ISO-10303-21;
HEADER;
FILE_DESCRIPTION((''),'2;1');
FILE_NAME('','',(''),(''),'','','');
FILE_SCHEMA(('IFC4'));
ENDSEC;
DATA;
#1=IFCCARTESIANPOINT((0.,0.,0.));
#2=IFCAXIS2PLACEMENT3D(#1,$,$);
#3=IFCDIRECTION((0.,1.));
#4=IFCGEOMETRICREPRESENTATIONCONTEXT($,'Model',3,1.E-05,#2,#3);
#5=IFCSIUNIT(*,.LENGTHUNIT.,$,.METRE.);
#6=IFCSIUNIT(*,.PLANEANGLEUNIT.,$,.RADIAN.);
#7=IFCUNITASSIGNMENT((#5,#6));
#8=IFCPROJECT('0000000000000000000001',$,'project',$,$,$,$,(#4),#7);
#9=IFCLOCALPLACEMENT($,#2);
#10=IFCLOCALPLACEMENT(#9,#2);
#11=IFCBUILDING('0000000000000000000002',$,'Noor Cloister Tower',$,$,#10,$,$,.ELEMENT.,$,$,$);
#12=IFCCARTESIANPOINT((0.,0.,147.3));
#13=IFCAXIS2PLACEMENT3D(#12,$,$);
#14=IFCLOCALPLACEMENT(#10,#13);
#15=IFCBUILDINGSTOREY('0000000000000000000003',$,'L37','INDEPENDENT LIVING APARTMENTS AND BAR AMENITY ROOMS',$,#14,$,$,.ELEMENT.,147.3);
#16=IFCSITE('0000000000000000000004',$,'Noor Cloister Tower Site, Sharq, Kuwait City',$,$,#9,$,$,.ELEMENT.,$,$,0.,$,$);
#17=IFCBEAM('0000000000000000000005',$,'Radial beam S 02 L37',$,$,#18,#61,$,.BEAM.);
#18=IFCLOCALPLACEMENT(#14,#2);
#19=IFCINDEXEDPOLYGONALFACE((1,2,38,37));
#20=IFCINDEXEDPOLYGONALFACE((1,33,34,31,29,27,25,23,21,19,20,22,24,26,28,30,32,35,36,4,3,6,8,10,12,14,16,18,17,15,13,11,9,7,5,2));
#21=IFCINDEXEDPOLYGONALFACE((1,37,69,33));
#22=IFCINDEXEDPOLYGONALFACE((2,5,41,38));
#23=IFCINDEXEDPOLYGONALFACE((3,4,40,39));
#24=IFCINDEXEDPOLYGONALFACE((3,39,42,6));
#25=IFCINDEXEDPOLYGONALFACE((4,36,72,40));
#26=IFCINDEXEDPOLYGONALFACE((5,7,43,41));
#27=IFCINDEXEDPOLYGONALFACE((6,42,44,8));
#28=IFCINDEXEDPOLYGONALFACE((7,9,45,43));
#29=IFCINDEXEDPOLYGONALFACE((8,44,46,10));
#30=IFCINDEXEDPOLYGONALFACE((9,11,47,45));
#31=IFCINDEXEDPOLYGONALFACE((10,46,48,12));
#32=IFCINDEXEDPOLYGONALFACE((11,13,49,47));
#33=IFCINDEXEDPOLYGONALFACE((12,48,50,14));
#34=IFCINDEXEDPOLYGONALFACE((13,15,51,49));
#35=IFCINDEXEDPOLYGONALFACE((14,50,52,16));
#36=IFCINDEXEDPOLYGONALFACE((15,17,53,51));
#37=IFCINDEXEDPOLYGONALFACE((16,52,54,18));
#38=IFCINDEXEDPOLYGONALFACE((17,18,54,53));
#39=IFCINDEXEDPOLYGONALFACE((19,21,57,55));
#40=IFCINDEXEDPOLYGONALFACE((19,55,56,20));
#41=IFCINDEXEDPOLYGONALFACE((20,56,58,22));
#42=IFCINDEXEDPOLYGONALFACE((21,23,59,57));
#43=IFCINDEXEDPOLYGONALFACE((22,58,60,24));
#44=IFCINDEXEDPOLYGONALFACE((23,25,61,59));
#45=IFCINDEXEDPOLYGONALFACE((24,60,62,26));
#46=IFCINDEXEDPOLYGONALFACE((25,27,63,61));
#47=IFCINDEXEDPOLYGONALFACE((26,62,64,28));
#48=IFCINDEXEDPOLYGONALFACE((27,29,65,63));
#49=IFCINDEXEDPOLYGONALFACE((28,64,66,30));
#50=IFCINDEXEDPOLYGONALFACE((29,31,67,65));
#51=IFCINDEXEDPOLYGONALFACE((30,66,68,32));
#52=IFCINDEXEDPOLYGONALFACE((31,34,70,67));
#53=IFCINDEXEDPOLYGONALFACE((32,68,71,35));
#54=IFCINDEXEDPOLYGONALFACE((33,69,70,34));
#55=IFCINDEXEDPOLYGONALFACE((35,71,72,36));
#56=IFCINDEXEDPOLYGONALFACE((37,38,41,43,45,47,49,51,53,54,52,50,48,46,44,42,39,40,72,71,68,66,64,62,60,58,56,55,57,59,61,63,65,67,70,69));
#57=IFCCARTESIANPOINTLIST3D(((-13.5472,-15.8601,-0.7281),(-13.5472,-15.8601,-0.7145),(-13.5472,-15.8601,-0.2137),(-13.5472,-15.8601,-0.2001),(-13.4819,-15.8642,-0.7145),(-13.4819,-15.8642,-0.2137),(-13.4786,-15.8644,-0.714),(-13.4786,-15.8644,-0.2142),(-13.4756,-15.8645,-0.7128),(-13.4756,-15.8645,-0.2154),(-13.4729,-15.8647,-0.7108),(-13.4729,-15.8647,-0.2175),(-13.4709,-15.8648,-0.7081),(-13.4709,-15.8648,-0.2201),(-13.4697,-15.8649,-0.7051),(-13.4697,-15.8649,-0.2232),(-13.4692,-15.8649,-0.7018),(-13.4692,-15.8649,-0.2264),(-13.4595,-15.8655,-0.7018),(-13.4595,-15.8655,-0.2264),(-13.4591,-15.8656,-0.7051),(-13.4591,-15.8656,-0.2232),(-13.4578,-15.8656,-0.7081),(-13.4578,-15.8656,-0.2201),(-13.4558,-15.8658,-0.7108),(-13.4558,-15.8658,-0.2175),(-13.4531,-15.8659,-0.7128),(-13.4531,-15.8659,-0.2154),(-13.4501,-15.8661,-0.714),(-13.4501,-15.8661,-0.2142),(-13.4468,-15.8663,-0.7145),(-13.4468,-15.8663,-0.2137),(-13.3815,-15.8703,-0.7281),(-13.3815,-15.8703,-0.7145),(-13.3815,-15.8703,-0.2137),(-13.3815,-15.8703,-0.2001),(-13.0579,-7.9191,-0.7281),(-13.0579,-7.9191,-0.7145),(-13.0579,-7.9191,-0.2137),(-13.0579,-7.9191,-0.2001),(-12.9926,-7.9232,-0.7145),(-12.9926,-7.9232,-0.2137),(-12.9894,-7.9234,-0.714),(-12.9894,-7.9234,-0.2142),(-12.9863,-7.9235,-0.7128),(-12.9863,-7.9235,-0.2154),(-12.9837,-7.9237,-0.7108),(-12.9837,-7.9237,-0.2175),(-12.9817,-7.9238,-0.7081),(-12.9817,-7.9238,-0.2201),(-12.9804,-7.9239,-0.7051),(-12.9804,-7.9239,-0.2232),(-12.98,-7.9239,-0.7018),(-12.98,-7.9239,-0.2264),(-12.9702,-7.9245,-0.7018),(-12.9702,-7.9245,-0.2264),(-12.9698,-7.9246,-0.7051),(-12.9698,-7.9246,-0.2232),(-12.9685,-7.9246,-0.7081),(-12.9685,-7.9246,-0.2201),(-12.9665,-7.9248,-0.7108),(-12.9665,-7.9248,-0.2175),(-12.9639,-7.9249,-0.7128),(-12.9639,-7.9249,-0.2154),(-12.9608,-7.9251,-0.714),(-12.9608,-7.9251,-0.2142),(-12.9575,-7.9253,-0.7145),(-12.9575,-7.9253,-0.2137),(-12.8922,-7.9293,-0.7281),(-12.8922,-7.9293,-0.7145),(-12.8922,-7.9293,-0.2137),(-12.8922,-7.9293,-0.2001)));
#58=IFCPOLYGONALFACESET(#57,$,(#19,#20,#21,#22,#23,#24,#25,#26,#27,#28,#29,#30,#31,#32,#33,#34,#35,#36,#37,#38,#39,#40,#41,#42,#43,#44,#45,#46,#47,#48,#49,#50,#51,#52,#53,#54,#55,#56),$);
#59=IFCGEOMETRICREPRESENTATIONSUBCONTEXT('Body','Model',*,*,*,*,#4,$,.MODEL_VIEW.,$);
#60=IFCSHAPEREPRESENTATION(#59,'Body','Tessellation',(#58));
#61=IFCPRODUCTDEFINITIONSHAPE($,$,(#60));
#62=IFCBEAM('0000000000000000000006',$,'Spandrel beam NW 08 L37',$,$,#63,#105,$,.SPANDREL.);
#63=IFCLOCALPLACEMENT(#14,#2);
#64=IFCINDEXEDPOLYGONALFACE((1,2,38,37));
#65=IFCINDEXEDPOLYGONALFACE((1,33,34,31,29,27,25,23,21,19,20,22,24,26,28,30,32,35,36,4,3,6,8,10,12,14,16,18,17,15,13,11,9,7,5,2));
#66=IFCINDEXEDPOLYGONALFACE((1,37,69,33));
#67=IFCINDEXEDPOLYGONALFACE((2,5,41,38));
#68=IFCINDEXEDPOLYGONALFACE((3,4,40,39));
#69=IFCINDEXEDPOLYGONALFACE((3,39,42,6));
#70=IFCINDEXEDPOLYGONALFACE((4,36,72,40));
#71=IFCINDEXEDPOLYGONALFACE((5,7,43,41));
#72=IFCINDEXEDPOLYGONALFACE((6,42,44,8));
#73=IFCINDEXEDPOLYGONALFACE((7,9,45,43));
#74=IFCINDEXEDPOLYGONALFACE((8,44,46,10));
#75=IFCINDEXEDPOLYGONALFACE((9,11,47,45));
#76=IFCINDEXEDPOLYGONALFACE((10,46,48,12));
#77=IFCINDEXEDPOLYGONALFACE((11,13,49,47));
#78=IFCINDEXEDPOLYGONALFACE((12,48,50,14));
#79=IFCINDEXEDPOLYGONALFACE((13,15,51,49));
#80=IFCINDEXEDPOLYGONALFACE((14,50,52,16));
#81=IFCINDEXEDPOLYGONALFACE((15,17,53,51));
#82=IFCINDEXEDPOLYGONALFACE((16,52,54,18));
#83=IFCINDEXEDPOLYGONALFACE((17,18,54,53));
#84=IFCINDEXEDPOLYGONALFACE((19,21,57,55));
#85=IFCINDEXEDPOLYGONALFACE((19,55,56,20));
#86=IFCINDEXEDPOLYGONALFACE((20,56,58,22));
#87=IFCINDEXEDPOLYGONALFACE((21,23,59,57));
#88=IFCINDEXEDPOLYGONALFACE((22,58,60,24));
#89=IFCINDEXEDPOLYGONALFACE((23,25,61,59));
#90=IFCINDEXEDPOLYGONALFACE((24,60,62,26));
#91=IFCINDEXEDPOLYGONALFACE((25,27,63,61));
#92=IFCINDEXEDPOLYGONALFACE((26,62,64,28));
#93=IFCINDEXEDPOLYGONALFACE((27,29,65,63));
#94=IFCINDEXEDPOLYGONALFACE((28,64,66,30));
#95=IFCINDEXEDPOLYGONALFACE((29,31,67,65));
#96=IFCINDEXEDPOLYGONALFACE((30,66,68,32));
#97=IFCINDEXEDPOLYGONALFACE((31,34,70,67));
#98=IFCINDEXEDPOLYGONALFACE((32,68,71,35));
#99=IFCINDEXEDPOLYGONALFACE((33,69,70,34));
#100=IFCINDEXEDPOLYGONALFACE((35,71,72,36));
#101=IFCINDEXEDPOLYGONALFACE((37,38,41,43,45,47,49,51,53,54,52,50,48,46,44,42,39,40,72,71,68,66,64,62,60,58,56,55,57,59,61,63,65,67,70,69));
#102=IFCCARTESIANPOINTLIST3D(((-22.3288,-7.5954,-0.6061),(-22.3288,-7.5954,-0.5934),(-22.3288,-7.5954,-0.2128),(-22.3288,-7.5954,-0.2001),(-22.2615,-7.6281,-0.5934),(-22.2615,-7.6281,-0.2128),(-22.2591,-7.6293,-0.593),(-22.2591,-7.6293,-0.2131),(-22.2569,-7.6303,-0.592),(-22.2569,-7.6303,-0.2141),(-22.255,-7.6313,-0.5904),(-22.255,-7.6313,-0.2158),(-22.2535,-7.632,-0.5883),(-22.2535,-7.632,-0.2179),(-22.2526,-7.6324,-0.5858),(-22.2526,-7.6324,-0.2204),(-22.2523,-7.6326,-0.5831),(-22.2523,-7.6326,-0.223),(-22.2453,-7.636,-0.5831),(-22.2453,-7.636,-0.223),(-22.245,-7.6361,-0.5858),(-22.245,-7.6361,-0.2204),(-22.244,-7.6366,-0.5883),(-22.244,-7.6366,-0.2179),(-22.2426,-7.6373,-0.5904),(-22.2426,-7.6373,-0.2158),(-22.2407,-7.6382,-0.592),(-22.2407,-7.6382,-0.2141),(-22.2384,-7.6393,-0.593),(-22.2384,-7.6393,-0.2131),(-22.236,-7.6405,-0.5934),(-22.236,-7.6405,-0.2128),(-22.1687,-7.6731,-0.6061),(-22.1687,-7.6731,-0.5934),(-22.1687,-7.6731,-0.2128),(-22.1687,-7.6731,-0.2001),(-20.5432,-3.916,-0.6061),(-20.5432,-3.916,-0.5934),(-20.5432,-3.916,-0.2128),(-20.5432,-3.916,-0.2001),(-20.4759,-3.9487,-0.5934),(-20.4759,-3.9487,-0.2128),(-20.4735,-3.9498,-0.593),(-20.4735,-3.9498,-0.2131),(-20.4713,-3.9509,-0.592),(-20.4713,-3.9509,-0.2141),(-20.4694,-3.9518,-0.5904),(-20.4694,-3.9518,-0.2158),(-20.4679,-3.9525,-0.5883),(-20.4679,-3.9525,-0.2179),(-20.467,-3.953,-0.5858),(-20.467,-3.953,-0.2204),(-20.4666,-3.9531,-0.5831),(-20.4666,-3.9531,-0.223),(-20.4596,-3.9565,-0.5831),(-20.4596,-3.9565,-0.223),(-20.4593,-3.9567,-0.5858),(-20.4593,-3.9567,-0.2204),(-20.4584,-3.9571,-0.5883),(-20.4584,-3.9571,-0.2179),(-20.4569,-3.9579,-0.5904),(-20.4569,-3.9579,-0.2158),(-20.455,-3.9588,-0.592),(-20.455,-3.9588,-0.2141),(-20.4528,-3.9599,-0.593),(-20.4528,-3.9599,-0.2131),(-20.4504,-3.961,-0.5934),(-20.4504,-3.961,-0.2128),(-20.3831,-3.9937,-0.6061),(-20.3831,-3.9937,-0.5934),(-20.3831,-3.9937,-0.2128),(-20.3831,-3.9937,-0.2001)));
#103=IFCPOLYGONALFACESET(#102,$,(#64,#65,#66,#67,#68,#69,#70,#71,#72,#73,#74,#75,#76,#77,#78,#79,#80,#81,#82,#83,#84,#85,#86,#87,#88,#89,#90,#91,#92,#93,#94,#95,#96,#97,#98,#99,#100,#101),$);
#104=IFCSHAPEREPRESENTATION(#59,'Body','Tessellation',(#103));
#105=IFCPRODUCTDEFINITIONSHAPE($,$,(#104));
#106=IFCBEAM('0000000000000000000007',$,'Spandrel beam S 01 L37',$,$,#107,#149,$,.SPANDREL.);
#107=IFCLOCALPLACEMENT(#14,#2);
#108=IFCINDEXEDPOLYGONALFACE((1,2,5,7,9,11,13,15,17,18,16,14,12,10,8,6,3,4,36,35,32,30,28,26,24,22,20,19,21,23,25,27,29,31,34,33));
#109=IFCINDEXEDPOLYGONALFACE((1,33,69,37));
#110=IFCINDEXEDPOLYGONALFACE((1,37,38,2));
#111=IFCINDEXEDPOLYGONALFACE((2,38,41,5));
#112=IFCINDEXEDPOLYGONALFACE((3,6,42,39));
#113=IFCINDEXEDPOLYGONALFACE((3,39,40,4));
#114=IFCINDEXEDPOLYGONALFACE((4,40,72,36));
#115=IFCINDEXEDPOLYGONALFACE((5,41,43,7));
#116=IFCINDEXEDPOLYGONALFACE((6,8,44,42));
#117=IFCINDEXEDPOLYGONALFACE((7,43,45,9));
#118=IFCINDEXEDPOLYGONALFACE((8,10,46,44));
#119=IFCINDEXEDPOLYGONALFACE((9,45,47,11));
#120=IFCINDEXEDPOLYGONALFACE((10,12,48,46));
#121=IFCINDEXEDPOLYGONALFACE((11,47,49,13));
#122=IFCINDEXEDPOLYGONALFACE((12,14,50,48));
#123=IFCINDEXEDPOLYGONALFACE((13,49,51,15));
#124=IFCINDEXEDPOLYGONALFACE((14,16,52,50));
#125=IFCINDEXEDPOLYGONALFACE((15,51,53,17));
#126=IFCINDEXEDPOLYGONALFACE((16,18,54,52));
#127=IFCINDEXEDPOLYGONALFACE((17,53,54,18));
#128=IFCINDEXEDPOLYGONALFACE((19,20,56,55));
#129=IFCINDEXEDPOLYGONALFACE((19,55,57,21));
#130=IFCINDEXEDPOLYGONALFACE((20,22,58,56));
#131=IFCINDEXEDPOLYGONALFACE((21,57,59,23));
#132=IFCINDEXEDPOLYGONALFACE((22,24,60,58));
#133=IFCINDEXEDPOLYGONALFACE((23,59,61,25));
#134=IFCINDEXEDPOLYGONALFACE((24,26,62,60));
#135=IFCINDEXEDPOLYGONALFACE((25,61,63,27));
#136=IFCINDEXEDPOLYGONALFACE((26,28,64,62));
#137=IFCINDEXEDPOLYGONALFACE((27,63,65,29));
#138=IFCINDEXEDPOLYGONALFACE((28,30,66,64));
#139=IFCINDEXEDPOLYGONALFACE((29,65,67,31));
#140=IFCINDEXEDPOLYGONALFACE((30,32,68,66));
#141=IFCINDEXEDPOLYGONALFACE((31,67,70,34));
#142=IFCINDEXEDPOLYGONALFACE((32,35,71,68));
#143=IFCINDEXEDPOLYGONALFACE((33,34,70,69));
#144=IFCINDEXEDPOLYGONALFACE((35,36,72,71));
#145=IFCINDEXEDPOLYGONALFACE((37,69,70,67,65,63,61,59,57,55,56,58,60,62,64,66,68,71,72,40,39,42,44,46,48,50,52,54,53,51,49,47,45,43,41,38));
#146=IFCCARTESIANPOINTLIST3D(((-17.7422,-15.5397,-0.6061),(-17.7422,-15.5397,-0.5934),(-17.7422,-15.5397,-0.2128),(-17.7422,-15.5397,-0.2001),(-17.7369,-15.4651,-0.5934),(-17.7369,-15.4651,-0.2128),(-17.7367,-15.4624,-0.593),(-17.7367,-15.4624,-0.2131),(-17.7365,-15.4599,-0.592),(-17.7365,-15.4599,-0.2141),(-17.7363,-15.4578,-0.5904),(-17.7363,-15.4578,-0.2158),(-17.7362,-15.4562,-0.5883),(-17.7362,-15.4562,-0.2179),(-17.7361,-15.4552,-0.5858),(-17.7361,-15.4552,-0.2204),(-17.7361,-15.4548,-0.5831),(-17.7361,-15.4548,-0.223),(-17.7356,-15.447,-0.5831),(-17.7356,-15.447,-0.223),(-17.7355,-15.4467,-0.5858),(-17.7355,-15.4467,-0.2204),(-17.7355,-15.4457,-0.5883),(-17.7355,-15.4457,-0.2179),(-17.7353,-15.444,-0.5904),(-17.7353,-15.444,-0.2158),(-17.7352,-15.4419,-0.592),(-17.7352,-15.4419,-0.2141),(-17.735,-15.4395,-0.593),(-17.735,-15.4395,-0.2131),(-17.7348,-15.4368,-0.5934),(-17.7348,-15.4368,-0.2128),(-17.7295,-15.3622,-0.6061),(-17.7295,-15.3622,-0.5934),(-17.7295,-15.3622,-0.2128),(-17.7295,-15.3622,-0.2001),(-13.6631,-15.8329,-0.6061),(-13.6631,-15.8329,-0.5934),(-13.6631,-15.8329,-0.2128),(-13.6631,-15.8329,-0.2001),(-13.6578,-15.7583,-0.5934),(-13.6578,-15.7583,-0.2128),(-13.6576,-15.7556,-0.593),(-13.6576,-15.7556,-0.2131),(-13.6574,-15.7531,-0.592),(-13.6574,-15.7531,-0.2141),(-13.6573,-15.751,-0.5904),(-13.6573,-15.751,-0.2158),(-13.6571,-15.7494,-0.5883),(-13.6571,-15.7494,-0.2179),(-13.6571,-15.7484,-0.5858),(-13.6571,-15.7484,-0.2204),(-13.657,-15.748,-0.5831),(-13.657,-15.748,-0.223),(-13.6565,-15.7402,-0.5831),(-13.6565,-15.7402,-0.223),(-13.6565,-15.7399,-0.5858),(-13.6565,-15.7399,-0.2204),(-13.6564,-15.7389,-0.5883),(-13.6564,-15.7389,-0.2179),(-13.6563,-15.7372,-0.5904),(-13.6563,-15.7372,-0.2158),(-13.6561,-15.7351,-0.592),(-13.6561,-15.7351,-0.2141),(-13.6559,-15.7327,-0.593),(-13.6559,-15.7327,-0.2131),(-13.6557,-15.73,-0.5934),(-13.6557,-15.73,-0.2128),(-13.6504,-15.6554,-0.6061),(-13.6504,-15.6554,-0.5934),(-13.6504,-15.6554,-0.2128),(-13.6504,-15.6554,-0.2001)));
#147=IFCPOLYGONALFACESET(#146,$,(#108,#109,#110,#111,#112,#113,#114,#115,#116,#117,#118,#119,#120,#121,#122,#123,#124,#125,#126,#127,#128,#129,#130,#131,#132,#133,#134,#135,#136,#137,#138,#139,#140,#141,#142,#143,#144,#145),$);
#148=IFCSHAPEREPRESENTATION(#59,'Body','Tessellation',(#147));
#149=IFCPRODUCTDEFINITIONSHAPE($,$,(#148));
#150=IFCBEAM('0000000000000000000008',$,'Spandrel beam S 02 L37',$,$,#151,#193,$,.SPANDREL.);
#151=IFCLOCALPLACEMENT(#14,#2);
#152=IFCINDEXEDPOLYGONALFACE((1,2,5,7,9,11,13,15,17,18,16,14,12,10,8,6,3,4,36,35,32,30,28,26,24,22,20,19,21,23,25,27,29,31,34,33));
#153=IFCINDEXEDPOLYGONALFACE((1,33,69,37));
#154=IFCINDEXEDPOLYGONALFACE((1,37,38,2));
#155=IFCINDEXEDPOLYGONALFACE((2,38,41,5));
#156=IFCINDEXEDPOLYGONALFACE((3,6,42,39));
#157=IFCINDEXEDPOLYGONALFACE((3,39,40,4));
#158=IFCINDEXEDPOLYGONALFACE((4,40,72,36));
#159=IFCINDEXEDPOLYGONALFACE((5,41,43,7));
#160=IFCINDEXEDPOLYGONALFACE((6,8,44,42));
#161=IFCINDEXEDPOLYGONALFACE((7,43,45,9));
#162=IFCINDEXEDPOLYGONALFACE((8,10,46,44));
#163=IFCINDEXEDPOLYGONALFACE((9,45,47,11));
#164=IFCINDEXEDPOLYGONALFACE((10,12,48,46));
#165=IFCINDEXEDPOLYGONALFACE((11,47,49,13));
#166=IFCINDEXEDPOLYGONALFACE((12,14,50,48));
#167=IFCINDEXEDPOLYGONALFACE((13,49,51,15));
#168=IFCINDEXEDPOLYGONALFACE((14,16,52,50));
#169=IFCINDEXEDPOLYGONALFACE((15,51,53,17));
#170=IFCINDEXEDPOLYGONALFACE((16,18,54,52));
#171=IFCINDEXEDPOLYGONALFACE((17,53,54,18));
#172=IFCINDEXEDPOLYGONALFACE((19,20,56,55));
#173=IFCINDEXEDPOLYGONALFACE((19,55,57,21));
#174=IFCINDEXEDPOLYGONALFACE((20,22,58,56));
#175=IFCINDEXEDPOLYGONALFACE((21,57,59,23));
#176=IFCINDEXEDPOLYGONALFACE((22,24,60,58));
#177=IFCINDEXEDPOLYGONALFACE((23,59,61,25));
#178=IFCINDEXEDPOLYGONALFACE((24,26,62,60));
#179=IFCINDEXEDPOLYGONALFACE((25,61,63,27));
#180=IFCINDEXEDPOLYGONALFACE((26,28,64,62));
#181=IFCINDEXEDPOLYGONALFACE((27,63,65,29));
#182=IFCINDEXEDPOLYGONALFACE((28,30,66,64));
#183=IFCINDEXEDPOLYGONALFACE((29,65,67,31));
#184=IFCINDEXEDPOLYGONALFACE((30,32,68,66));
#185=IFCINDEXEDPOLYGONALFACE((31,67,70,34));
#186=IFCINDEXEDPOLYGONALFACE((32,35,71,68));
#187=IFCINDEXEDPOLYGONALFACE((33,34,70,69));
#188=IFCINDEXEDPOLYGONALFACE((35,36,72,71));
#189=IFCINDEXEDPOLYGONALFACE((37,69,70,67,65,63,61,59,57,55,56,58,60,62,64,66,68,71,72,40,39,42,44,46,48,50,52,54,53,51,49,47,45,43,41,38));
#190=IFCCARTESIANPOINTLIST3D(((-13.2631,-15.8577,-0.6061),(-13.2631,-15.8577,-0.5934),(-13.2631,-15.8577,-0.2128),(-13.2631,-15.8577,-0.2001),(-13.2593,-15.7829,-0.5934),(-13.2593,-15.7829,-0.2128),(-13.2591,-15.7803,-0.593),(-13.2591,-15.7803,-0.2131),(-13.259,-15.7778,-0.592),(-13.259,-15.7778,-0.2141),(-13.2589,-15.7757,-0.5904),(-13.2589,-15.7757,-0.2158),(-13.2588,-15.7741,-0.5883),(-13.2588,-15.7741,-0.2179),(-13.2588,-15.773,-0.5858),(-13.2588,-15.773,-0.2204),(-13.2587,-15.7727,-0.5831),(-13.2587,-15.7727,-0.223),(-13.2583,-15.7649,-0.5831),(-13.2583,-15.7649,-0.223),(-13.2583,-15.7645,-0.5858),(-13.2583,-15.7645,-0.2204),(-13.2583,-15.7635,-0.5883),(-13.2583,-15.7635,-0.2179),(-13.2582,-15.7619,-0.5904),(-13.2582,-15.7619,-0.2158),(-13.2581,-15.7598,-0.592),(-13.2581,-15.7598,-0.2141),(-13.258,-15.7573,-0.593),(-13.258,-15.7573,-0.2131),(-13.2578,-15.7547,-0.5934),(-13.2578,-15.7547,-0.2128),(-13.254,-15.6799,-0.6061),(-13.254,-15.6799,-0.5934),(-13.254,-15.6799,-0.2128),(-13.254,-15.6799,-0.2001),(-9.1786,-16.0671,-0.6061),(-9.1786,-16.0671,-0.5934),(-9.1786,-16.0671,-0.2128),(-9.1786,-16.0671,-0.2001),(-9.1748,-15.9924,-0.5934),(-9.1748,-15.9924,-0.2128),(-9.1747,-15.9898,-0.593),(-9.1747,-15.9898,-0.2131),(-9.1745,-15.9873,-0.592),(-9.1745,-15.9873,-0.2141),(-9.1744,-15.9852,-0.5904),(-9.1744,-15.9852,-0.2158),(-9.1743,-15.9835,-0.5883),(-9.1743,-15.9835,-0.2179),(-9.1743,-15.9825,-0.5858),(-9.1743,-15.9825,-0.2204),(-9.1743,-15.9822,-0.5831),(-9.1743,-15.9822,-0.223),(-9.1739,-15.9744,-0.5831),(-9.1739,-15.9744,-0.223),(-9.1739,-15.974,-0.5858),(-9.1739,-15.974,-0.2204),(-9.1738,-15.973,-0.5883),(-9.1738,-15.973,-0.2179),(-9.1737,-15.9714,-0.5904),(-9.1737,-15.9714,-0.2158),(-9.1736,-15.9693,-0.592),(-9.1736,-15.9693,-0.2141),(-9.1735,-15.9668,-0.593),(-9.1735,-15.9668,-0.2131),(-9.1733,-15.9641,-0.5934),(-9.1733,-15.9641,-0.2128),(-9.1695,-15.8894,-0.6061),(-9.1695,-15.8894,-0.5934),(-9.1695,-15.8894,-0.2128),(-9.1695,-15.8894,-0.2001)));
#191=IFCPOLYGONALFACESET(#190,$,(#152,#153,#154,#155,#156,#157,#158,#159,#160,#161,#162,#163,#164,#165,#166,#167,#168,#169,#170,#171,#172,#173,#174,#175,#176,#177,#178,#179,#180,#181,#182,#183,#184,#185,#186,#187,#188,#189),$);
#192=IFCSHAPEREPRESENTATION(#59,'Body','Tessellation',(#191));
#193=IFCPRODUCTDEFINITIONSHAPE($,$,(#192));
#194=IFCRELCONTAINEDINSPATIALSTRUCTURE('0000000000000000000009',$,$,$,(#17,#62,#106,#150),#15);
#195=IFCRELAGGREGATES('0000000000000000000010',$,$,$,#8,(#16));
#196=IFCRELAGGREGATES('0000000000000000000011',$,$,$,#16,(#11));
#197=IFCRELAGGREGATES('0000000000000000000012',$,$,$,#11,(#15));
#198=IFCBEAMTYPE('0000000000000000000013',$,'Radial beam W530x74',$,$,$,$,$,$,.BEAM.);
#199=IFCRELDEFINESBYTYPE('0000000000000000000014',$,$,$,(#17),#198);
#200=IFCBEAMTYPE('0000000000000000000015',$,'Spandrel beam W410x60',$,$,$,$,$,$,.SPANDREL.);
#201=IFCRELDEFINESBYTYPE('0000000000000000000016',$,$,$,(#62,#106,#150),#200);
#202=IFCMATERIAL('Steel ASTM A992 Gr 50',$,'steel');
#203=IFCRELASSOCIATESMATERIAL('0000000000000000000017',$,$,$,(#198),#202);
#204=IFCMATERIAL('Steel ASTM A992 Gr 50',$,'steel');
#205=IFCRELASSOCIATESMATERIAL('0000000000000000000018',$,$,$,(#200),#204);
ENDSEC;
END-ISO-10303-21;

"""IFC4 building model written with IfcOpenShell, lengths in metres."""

from ifc_helpers import new_model, si_unit, direction, frame, origin, origin_2d, place, context, subcontext, project, spatial, i_section, extrude, material, material_profile, profile_set, type_object, element, save


model = new_model("IFC4")

# Units and contexts
model_context = context("Model", 3, precision=1e-05, world=origin(), true_north=direction((0.0, 1.0)))
body_context = subcontext(model_context, "Body", "Model", "MODEL_VIEW")
ifc_project = project(units=[si_unit("LENGTHUNIT", "METRE"), si_unit("PLANEANGLEUNIT", "RADIAN")], contexts=[model_context])

# Site, building, storey
site_placement = place(None, origin())
site = spatial("IfcSite", under=ifc_project, at=site_placement, Name="Noor Cloister Tower Site, Sharq, Kuwait City", CompositionType="ELEMENT", RefElevation=0.0)
building_placement = place(site_placement, origin())
building = spatial("IfcBuilding", under=site, at=building_placement, Name="Noor Cloister Tower", CompositionType="ELEMENT")
storey_placement = place(building_placement, frame((0.0, 0.0, 147.3)))
storey = spatial("IfcBuildingStorey", under=building, at=storey_placement, Name="L37", Description="INDEPENDENT LIVING APARTMENTS AND BAR AMENITY ROOMS", CompositionType="ELEMENT", Elevation=147.3)

# Beams
ifc_material_1 = material(Name="Steel ASTM A992 Gr 50", Category="steel")
ifc_material_profile_1 = material_profile(ifc_material_1, i_section(OverallWidth=0.166, OverallDepth=0.5281, WebThickness=0.0098, FlangeThickness=0.0137, FilletRadius=0.0127, at=origin_2d()), Name="W530x74")
ifc_profile_set_1 = profile_set([ifc_material_profile_1], Name="Steel ASTM A992 Gr 50")
beam_type_1 = type_object("IfcBeamType", Name="Radial beam W530x74", PredefinedType="BEAM", material=ifc_profile_set_1)
beam_1_placement = place(storey_placement, frame((-13.4644, -15.8652, -0.4641), z_axis=(0.061496, 0.998107, 0.0), x_axis=(-0.998107, 0.061496, 0.0)))
element("IfcBeam", 1, at=beam_1_placement, inside=storey, type_object=beam_type_1, Name="Radial beam S 02 L37", PredefinedType="BEAM", context=body_context, shape_type="SweptSolid", body=[
    extrude(i_section(OverallWidth=0.166, OverallDepth=0.5281, WebThickness=0.0098, FlangeThickness=0.0137, FilletRadius=0.0127, at=origin_2d()), origin(), (0.0, 0.0, 1.0), 7.9561),
])
ifc_material_2 = material(Name="Steel ASTM A992 Gr 50", Category="steel")
ifc_material_profile_2 = material_profile(ifc_material_2, i_section(OverallWidth=0.178, OverallDepth=0.406, WebThickness=0.0078, FlangeThickness=0.0127, FilletRadius=0.0103, at=origin_2d()), Name="W410x60")
ifc_profile_set_2 = profile_set([ifc_material_profile_2], Name="Steel ASTM A992 Gr 50")
beam_type_2 = type_object("IfcBeamType", Name="Spandrel beam W410x60", PredefinedType="SPANDREL", material=ifc_profile_set_2)
beam_2_placement = place(storey_placement, frame((-20.4631, -3.9548, -0.4031), z_axis=(-0.436604, -0.899654, 0.0), x_axis=(0.899654, -0.436604, 0.0)))
element("IfcBeam", 2, at=beam_2_placement, inside=storey, type_object=beam_type_2, Name="Spandrel beam NW 08 L37", PredefinedType="SPANDREL", context=body_context, shape_type="SweptSolid", body=[
    extrude(i_section(OverallWidth=0.178, OverallDepth=0.406, WebThickness=0.0078, FlangeThickness=0.0127, FilletRadius=0.0103, at=origin_2d()), origin(), (0.0, 0.0, 1.0), 4.0898),
])
beam_3_placement = place(storey_placement, frame((-17.7358, -15.4509, -0.4031), z_axis=(0.997426, -0.071697, 0.0), x_axis=(0.071697, 0.997426, 0.0)))
element("IfcBeam", 3, at=beam_3_placement, inside=storey, type_object=beam_type_2, Name="Spandrel beam S 01 L37", PredefinedType="SPANDREL", context=body_context, shape_type="SweptSolid", body=[
    extrude(i_section(OverallWidth=0.178, OverallDepth=0.406, WebThickness=0.0078, FlangeThickness=0.0127, FilletRadius=0.0103, at=origin_2d()), origin(), (0.0, 0.0, 1.0), 4.0896),
])
beam_4_placement = place(storey_placement, frame((-13.2585, -15.7688, -0.4031), z_axis=(0.998688, -0.051218, 0.0), x_axis=(0.051218, 0.998688, 0.0)))
element("IfcBeam", 4, at=beam_4_placement, inside=storey, type_object=beam_type_2, Name="Spandrel beam S 02 L37", PredefinedType="SPANDREL", context=body_context, shape_type="SweptSolid", body=[
    extrude(i_section(OverallWidth=0.178, OverallDepth=0.406, WebThickness=0.0078, FlangeThickness=0.0127, FilletRadius=0.0103, at=origin_2d()), origin(), (0.0, 0.0, 1.0), 4.0898),
])

save(model, "model.ifc")
